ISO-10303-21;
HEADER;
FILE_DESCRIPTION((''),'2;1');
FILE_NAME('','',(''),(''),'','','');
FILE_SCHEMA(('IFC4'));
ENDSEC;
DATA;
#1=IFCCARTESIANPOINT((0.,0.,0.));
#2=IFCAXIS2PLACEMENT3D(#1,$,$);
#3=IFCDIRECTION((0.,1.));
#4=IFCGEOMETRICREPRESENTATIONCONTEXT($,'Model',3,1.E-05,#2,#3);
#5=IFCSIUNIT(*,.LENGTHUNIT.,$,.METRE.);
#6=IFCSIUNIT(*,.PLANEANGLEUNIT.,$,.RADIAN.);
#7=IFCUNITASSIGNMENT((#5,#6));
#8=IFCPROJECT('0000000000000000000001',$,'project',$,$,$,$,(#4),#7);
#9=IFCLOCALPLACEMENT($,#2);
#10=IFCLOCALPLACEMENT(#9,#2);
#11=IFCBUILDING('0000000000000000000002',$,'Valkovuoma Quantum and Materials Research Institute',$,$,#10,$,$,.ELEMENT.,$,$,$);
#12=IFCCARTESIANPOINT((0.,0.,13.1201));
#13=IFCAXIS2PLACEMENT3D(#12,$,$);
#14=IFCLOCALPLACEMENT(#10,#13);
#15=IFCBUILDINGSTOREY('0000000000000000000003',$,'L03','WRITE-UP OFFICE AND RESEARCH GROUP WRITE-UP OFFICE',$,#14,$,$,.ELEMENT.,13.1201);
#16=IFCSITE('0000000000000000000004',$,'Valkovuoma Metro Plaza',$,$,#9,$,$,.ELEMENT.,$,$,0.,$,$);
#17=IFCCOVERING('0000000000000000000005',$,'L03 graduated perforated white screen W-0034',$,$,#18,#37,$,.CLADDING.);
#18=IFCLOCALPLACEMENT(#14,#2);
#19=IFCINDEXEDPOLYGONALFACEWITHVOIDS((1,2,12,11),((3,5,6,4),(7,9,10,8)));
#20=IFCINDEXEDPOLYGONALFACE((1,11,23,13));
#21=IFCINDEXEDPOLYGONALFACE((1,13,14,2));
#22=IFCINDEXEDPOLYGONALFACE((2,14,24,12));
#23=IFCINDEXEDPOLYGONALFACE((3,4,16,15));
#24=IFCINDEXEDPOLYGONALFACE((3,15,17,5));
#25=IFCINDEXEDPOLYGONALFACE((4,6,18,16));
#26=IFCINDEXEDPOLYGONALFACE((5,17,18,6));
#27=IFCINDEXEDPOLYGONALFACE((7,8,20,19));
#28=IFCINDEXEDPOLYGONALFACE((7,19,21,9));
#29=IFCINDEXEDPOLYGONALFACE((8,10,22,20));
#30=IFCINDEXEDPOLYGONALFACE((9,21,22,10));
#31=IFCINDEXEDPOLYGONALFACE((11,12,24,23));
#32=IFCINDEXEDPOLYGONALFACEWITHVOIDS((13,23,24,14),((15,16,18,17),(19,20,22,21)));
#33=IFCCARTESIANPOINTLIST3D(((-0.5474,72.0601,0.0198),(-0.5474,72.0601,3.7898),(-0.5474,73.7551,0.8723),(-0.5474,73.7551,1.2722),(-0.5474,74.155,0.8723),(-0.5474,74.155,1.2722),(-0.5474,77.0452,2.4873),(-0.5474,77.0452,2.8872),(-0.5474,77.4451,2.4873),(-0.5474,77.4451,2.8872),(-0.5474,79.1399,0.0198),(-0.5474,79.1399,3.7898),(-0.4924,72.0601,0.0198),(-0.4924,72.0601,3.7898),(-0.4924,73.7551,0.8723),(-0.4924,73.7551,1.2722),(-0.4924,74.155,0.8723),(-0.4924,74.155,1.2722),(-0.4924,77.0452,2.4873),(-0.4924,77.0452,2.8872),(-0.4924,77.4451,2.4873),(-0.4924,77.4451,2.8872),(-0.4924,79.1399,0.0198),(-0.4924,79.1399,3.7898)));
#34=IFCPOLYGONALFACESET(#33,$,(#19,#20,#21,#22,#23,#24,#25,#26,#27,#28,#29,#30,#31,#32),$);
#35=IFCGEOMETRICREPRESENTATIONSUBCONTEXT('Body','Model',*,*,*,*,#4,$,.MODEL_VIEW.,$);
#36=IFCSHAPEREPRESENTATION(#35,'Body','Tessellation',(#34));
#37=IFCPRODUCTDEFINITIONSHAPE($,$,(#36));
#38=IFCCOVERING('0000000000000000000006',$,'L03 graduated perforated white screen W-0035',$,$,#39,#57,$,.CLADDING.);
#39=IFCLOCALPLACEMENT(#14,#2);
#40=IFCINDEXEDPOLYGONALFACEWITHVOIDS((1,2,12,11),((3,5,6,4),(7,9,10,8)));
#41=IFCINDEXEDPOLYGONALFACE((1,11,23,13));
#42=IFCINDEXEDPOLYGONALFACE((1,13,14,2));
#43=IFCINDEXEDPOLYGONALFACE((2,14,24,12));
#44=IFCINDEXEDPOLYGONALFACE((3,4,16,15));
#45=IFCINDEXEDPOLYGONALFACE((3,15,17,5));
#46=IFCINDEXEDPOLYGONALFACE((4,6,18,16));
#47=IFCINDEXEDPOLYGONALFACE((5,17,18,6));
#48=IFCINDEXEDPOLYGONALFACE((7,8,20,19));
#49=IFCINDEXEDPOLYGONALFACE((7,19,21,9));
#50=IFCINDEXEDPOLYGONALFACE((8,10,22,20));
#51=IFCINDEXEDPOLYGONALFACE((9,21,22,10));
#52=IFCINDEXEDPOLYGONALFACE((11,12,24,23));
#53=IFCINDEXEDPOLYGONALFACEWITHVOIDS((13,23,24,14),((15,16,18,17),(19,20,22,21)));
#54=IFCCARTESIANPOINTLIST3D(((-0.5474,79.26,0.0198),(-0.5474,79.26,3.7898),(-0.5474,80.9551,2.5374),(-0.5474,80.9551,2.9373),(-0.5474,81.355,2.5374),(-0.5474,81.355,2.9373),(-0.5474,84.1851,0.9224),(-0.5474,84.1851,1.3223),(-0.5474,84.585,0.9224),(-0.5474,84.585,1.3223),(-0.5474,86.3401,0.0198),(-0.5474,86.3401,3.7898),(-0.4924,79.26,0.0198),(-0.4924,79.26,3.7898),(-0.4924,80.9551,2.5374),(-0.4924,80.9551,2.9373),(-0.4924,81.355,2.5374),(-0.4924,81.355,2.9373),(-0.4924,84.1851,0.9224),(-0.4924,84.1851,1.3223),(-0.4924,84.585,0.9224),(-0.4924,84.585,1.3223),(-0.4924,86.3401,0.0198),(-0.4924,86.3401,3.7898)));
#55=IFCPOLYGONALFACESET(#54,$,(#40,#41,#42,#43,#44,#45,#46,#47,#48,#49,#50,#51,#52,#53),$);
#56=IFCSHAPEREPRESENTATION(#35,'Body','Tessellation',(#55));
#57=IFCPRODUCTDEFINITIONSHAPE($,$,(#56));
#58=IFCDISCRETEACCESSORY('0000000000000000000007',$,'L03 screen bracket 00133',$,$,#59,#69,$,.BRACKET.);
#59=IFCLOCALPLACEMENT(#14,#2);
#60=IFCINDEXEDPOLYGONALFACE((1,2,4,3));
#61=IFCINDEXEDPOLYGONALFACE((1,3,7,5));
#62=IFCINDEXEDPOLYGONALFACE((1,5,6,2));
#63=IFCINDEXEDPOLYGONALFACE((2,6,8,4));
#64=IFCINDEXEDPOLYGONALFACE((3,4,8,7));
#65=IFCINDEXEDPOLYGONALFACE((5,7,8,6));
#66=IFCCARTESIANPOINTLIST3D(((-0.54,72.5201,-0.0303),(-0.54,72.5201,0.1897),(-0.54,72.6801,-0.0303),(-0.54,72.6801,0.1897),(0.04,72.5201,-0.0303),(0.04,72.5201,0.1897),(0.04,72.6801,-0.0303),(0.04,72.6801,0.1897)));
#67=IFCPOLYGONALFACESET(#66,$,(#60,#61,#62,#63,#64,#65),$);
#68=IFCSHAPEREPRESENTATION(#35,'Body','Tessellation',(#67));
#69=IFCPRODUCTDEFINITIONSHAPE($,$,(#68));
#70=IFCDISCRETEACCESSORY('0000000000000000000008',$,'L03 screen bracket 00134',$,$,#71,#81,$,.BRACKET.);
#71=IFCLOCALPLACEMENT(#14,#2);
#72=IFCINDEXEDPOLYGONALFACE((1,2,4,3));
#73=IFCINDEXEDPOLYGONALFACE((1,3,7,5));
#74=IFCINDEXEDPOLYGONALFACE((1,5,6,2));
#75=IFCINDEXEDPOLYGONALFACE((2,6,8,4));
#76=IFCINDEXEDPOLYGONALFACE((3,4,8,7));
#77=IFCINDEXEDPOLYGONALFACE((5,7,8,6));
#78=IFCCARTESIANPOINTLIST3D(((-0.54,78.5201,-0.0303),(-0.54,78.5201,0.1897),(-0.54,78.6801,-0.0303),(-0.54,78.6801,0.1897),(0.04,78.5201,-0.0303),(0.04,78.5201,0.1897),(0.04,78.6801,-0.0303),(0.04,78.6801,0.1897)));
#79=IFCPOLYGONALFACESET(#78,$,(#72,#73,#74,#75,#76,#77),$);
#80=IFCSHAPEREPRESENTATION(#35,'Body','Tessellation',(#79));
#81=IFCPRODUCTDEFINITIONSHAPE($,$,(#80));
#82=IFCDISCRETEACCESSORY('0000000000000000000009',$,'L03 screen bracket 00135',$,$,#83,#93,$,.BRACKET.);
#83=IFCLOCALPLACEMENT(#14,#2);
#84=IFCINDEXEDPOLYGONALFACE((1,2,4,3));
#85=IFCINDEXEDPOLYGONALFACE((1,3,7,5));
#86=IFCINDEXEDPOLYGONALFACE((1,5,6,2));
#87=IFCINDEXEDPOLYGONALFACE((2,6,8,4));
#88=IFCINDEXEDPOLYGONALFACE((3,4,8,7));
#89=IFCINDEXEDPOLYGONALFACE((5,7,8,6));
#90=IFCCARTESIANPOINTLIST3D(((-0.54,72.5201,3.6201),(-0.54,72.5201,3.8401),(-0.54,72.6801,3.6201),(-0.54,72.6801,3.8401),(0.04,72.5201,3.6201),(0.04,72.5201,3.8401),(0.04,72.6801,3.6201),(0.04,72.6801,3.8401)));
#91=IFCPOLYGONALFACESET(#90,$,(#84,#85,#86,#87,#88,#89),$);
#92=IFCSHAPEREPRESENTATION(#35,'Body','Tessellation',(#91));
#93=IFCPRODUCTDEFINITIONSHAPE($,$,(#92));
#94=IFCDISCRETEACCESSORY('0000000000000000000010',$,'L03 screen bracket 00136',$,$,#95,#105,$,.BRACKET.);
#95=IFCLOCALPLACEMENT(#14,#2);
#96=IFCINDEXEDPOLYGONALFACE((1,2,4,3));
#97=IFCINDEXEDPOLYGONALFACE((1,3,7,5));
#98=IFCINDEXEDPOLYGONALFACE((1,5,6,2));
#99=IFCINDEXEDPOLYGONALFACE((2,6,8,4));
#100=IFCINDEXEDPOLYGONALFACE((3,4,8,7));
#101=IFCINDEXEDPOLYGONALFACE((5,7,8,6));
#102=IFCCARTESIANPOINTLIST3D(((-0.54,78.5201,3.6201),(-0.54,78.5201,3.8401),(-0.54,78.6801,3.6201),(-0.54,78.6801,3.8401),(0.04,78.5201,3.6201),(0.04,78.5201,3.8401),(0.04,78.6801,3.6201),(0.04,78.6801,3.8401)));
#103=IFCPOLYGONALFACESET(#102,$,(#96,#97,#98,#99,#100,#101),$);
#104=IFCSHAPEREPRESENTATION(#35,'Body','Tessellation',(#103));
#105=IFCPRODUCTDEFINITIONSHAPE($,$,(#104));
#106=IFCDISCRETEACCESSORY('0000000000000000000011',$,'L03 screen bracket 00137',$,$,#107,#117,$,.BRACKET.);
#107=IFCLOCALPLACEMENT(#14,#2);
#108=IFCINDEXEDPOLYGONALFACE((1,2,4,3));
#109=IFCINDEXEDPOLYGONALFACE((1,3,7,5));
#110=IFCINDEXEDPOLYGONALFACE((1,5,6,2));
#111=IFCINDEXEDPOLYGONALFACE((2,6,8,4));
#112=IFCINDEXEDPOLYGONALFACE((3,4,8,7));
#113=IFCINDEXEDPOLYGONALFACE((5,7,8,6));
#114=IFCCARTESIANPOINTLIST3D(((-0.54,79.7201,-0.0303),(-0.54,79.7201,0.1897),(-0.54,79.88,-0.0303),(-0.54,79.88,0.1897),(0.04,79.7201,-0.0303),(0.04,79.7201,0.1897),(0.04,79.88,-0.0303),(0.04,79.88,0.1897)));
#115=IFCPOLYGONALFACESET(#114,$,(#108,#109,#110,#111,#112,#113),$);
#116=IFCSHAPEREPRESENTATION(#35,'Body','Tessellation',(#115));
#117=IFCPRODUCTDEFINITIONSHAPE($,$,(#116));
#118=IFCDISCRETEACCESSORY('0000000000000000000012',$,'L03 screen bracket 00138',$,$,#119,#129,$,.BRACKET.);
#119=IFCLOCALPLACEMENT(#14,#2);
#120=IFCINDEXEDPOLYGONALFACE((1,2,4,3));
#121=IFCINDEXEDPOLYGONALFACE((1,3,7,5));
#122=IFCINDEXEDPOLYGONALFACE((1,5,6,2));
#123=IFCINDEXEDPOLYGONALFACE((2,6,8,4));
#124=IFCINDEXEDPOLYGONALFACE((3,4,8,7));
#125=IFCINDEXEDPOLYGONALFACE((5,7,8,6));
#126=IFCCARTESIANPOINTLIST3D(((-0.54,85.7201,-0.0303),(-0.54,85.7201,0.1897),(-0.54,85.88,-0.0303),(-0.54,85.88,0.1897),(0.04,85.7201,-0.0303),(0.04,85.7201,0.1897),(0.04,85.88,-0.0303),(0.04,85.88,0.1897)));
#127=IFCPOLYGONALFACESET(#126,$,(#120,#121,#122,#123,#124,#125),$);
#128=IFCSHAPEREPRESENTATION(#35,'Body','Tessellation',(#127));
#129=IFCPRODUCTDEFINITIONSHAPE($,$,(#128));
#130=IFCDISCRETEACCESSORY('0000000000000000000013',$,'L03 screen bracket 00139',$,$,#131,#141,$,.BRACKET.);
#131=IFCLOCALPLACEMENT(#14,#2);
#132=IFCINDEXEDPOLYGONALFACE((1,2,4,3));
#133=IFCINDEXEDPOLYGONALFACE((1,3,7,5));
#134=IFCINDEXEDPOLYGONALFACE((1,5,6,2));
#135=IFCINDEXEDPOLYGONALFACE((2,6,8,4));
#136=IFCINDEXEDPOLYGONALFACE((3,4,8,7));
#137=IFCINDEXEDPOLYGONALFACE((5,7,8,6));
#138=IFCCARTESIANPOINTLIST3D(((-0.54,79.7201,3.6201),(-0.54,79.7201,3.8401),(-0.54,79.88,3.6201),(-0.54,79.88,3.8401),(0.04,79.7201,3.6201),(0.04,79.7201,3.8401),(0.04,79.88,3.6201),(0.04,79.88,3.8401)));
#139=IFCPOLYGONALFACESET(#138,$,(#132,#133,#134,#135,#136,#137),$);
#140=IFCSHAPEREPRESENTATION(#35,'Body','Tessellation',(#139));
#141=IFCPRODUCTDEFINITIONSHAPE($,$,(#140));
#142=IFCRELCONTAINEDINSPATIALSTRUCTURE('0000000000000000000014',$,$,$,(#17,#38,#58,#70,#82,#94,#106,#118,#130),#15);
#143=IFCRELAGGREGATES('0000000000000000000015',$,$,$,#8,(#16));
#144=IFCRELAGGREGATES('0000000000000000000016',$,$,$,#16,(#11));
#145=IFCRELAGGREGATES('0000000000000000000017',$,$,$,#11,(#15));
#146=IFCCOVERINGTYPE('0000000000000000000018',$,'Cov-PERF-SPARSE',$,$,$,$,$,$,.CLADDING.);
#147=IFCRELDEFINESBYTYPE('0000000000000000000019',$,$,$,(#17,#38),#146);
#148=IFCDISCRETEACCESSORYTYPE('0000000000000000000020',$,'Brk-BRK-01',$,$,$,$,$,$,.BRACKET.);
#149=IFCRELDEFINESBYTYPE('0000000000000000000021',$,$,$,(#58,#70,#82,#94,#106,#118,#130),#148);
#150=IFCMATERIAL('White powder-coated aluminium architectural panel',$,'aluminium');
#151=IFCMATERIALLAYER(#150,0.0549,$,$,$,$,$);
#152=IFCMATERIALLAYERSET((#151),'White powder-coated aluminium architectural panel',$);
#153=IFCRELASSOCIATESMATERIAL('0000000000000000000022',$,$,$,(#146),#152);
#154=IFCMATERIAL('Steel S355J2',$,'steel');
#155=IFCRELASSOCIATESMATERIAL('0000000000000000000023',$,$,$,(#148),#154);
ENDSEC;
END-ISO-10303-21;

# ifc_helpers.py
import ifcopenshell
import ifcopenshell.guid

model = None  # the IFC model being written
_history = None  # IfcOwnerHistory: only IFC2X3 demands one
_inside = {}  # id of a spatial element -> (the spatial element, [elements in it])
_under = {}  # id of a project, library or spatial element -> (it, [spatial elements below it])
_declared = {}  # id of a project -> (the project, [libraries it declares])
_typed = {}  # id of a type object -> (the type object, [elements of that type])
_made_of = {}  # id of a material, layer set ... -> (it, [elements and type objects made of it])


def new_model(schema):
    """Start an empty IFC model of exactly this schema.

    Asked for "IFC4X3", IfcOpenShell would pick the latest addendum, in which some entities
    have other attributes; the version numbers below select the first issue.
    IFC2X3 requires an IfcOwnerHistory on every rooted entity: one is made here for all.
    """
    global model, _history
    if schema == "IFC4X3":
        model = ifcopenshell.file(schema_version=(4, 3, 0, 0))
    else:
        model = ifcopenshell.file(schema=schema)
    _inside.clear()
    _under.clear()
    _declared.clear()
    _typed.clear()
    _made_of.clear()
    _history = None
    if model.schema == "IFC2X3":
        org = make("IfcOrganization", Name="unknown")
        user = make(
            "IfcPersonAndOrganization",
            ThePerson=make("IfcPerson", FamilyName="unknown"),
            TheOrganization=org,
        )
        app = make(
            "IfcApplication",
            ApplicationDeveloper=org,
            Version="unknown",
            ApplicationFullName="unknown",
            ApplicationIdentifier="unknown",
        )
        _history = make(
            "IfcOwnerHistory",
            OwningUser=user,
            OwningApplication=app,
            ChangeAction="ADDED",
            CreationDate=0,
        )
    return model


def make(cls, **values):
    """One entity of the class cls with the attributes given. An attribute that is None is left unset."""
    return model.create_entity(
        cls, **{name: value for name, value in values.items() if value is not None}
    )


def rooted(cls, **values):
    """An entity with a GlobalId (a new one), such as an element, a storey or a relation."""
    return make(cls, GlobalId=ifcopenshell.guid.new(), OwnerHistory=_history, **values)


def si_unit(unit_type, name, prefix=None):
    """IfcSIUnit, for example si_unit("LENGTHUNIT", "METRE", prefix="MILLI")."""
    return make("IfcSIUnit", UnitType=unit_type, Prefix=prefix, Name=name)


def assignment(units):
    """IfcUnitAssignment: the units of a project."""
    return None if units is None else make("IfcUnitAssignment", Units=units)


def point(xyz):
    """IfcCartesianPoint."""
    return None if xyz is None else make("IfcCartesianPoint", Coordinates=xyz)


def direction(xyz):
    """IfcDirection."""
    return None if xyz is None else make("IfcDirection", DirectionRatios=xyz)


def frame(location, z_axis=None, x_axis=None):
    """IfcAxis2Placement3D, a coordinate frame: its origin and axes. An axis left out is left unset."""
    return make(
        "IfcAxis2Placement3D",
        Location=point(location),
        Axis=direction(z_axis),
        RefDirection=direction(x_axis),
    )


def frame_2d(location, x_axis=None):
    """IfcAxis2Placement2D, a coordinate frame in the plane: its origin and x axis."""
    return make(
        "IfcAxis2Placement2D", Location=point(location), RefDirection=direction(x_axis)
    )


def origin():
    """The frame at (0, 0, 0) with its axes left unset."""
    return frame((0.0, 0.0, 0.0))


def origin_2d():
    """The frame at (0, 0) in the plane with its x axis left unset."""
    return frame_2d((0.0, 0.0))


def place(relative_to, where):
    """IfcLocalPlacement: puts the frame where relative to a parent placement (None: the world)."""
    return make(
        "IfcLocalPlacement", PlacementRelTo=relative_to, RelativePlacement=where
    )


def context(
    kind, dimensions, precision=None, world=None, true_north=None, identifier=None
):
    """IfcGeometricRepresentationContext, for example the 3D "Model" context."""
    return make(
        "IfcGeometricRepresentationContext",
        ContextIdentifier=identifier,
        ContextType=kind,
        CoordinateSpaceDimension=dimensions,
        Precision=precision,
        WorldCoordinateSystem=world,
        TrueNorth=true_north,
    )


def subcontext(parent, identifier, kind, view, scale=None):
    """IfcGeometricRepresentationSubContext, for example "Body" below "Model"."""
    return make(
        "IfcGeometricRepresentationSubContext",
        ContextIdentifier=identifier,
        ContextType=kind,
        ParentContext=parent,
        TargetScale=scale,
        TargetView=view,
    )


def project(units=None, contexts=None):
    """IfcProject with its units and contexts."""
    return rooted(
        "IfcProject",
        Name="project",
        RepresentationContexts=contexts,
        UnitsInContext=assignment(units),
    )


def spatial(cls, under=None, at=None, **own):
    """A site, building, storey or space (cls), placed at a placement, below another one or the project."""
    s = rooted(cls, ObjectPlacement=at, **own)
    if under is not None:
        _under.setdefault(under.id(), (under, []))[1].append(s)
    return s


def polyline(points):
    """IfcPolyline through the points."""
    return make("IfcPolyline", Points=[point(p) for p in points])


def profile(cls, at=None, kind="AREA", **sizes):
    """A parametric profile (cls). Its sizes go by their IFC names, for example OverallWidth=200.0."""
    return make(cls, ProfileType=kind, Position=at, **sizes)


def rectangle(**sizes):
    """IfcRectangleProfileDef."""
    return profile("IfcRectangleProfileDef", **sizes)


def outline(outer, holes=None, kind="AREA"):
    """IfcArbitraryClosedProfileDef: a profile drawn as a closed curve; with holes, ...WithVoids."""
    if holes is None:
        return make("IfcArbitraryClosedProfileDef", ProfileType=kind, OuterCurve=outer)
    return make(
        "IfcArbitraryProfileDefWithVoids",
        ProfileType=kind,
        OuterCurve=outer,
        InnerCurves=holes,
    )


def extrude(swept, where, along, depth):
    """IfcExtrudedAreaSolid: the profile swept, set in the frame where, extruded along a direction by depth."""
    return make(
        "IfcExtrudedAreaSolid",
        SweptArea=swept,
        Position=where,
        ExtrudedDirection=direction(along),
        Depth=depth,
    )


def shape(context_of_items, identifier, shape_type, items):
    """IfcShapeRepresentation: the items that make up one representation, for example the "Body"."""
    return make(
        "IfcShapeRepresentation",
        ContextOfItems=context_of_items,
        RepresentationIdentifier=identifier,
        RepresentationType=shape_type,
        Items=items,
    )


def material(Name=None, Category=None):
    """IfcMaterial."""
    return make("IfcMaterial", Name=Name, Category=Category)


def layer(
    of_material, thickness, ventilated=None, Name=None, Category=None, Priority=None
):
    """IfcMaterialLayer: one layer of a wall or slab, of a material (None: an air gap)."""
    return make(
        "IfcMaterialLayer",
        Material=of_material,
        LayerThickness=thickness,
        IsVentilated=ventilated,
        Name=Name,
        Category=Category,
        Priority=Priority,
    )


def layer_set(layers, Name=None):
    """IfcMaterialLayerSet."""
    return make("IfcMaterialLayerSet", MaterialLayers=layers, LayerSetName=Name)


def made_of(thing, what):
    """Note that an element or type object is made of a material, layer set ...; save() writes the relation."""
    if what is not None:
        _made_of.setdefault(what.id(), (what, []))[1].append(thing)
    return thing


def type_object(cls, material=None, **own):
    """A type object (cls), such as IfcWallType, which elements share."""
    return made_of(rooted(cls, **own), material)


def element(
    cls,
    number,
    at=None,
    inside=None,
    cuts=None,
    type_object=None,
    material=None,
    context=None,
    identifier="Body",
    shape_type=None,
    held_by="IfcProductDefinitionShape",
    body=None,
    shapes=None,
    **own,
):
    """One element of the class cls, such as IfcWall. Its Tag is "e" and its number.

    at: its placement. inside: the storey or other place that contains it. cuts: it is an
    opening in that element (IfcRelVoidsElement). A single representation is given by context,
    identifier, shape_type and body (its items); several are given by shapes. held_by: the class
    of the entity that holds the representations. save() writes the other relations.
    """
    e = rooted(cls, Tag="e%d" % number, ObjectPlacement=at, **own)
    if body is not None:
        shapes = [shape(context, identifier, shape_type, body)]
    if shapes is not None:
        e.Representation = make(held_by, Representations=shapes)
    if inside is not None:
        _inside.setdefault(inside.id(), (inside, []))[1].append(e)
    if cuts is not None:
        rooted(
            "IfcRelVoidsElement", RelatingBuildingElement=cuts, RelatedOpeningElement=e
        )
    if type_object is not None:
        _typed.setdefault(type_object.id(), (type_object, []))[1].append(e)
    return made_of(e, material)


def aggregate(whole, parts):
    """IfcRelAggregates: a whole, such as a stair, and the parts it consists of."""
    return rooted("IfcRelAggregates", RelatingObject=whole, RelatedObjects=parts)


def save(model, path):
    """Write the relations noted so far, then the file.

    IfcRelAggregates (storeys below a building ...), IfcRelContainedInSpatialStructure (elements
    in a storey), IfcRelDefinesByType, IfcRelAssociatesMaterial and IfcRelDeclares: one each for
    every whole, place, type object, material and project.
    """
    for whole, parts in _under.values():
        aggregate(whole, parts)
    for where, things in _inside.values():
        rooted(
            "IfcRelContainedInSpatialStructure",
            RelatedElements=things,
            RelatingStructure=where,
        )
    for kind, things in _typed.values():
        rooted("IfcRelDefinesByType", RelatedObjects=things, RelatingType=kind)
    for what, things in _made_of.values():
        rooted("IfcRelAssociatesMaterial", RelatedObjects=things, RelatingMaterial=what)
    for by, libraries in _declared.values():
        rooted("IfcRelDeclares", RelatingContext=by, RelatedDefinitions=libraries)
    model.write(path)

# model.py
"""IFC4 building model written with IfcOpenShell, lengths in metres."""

from ifc_helpers import new_model, si_unit, direction, frame, origin, origin_2d, place, context, subcontext, project, spatial, polyline, rectangle, outline, extrude, material, layer, layer_set, type_object, element, save


model = new_model("IFC4")

# Units and contexts
model_context = context("Model", 3, precision=1e-05, world=origin(), true_north=direction((0.0, 1.0)))
body_context = subcontext(model_context, "Body", "Model", "MODEL_VIEW")
ifc_project = project(units=[si_unit("LENGTHUNIT", "METRE"), si_unit("PLANEANGLEUNIT", "RADIAN")], contexts=[model_context])

# Site, building, storey
site_placement = place(None, origin())
site = spatial("IfcSite", under=ifc_project, at=site_placement, Name="Valkovuoma Metro Plaza", CompositionType="ELEMENT", RefElevation=0.0)
building_placement = place(site_placement, origin())
building = spatial("IfcBuilding", under=site, at=building_placement, Name="Valkovuoma Quantum and Materials Research Institute", CompositionType="ELEMENT")
storey_placement = place(building_placement, frame((0.0, 0.0, 13.1201)))
storey = spatial("IfcBuildingStorey", under=building, at=storey_placement, Name="L03", Description="WRITE-UP OFFICE AND RESEARCH GROUP WRITE-UP OFFICE", CompositionType="ELEMENT", Elevation=13.1201)

# Coverings
ifc_material_1 = material(Name="White powder-coated aluminium architectural panel", Category="aluminium")
ifc_layer_1 = layer(ifc_material_1, 0.0549)
ifc_layer_set_1 = layer_set([ifc_layer_1], Name="White powder-coated aluminium architectural panel")
covering_type = type_object("IfcCoveringType", Name="Cov-PERF-SPARSE", PredefinedType="CLADDING", material=ifc_layer_set_1)
covering_1_placement = place(storey_placement, frame((-0.52, 72.0601, 0.0198), z_axis=(0.0, 0.0, 1.0), x_axis=(0.0, 1.0, 0.0)))
element("IfcCovering", 1, at=covering_1_placement, inside=storey, type_object=covering_type, Name="L03 graduated perforated white screen W-0034", PredefinedType="CLADDING", context=body_context, shape_type="SweptSolid", body=[
    extrude(outline(polyline([(0.0, 0.0), (7.0798, 0.0), (7.0798, 3.77), (0.0, 3.77), (0.0, 0.0)]), holes=[polyline([(1.6951, 0.8525), (1.6951, 1.2524), (2.095, 1.2524), (2.095, 0.8525), (1.6951, 0.8525)]), polyline([(4.9851, 2.4675), (4.9851, 2.8674), (5.385, 2.8674), (5.385, 2.4675), (4.9851, 2.4675)])]), frame((0.0, 0.0273, 0.0), z_axis=(0.0, -1.0, 0.0), x_axis=(1.0, 0.0, 0.0)), (0.0, 0.0, 1.0), 0.0549),
])
covering_2_placement = place(storey_placement, frame((-0.52, 79.26, 0.0198), z_axis=(0.0, 0.0, 1.0), x_axis=(0.0, 1.0, 0.0)))
element("IfcCovering", 2, at=covering_2_placement, inside=storey, type_object=covering_type, Name="L03 graduated perforated white screen W-0035", PredefinedType="CLADDING", context=body_context, shape_type="SweptSolid", body=[
    extrude(outline(polyline([(0.0, 0.0), (7.0801, 0.0), (7.0801, 3.77), (0.0, 3.77), (0.0, 0.0)]), holes=[polyline([(1.6951, 2.5176), (1.6951, 2.9175), (2.095, 2.9175), (2.095, 2.5176), (1.6951, 2.5176)]), polyline([(4.925, 0.9026), (4.925, 1.3025), (5.325, 1.3025), (5.325, 0.9026), (4.925, 0.9026)])]), frame((0.0, 0.0273, 0.0), z_axis=(0.0, -1.0, 0.0), x_axis=(1.0, 0.0, 0.0)), (0.0, 0.0, 1.0), 0.0549),
])

# Discrete accessories
ifc_material_2 = material(Name="Steel S355J2", Category="steel")
discrete_accessory_type = type_object("IfcDiscreteAccessoryType", Name="Brk-BRK-01", PredefinedType="BRACKET", material=ifc_material_2)
for number, where, z_axis, x_axis, name in (
    (3, (-0.25, 72.6001, -0.0303), (0.0, 0.0, 1.0), (1.0, 0.0, 0.0), "L03 screen bracket 00133"),
    (4, (-0.25, 78.6001, -0.0303), (0.0, 0.0, 1.0), (1.0, 0.0, 0.0), "L03 screen bracket 00134"),
    (5, (-0.25, 72.6001, 3.6201), (0.0, 0.0, 1.0), (1.0, 0.0, 0.0), "L03 screen bracket 00135"),
    (6, (-0.25, 78.6001, 3.6201), (0.0, 0.0, 1.0), (1.0, 0.0, 0.0), "L03 screen bracket 00136"),
    (7, (-0.25, 79.8, -0.0303), (0.0, 0.0, 1.0), (1.0, 0.0, 0.0), "L03 screen bracket 00137"),
    (8, (-0.25, 85.8, -0.0303), (0.0, 0.0, 1.0), (1.0, 0.0, 0.0), "L03 screen bracket 00138"),
    (9, (-0.25, 79.8, 3.6201), (0.0, 0.0, 1.0), (1.0, 0.0, 0.0), "L03 screen bracket 00139"),
):
    element("IfcDiscreteAccessory", number, at=place(storey_placement, frame(where, z_axis=z_axis, x_axis=x_axis)), inside=storey, type_object=discrete_accessory_type, Name=name, PredefinedType="BRACKET", context=body_context, shape_type="SweptSolid", body=[
        extrude(rectangle(XDim=0.5801, YDim=0.1599, at=origin_2d()), origin(), (0.0, 0.0, 1.0), 0.22),
    ])

save(model, "model.ifc")
